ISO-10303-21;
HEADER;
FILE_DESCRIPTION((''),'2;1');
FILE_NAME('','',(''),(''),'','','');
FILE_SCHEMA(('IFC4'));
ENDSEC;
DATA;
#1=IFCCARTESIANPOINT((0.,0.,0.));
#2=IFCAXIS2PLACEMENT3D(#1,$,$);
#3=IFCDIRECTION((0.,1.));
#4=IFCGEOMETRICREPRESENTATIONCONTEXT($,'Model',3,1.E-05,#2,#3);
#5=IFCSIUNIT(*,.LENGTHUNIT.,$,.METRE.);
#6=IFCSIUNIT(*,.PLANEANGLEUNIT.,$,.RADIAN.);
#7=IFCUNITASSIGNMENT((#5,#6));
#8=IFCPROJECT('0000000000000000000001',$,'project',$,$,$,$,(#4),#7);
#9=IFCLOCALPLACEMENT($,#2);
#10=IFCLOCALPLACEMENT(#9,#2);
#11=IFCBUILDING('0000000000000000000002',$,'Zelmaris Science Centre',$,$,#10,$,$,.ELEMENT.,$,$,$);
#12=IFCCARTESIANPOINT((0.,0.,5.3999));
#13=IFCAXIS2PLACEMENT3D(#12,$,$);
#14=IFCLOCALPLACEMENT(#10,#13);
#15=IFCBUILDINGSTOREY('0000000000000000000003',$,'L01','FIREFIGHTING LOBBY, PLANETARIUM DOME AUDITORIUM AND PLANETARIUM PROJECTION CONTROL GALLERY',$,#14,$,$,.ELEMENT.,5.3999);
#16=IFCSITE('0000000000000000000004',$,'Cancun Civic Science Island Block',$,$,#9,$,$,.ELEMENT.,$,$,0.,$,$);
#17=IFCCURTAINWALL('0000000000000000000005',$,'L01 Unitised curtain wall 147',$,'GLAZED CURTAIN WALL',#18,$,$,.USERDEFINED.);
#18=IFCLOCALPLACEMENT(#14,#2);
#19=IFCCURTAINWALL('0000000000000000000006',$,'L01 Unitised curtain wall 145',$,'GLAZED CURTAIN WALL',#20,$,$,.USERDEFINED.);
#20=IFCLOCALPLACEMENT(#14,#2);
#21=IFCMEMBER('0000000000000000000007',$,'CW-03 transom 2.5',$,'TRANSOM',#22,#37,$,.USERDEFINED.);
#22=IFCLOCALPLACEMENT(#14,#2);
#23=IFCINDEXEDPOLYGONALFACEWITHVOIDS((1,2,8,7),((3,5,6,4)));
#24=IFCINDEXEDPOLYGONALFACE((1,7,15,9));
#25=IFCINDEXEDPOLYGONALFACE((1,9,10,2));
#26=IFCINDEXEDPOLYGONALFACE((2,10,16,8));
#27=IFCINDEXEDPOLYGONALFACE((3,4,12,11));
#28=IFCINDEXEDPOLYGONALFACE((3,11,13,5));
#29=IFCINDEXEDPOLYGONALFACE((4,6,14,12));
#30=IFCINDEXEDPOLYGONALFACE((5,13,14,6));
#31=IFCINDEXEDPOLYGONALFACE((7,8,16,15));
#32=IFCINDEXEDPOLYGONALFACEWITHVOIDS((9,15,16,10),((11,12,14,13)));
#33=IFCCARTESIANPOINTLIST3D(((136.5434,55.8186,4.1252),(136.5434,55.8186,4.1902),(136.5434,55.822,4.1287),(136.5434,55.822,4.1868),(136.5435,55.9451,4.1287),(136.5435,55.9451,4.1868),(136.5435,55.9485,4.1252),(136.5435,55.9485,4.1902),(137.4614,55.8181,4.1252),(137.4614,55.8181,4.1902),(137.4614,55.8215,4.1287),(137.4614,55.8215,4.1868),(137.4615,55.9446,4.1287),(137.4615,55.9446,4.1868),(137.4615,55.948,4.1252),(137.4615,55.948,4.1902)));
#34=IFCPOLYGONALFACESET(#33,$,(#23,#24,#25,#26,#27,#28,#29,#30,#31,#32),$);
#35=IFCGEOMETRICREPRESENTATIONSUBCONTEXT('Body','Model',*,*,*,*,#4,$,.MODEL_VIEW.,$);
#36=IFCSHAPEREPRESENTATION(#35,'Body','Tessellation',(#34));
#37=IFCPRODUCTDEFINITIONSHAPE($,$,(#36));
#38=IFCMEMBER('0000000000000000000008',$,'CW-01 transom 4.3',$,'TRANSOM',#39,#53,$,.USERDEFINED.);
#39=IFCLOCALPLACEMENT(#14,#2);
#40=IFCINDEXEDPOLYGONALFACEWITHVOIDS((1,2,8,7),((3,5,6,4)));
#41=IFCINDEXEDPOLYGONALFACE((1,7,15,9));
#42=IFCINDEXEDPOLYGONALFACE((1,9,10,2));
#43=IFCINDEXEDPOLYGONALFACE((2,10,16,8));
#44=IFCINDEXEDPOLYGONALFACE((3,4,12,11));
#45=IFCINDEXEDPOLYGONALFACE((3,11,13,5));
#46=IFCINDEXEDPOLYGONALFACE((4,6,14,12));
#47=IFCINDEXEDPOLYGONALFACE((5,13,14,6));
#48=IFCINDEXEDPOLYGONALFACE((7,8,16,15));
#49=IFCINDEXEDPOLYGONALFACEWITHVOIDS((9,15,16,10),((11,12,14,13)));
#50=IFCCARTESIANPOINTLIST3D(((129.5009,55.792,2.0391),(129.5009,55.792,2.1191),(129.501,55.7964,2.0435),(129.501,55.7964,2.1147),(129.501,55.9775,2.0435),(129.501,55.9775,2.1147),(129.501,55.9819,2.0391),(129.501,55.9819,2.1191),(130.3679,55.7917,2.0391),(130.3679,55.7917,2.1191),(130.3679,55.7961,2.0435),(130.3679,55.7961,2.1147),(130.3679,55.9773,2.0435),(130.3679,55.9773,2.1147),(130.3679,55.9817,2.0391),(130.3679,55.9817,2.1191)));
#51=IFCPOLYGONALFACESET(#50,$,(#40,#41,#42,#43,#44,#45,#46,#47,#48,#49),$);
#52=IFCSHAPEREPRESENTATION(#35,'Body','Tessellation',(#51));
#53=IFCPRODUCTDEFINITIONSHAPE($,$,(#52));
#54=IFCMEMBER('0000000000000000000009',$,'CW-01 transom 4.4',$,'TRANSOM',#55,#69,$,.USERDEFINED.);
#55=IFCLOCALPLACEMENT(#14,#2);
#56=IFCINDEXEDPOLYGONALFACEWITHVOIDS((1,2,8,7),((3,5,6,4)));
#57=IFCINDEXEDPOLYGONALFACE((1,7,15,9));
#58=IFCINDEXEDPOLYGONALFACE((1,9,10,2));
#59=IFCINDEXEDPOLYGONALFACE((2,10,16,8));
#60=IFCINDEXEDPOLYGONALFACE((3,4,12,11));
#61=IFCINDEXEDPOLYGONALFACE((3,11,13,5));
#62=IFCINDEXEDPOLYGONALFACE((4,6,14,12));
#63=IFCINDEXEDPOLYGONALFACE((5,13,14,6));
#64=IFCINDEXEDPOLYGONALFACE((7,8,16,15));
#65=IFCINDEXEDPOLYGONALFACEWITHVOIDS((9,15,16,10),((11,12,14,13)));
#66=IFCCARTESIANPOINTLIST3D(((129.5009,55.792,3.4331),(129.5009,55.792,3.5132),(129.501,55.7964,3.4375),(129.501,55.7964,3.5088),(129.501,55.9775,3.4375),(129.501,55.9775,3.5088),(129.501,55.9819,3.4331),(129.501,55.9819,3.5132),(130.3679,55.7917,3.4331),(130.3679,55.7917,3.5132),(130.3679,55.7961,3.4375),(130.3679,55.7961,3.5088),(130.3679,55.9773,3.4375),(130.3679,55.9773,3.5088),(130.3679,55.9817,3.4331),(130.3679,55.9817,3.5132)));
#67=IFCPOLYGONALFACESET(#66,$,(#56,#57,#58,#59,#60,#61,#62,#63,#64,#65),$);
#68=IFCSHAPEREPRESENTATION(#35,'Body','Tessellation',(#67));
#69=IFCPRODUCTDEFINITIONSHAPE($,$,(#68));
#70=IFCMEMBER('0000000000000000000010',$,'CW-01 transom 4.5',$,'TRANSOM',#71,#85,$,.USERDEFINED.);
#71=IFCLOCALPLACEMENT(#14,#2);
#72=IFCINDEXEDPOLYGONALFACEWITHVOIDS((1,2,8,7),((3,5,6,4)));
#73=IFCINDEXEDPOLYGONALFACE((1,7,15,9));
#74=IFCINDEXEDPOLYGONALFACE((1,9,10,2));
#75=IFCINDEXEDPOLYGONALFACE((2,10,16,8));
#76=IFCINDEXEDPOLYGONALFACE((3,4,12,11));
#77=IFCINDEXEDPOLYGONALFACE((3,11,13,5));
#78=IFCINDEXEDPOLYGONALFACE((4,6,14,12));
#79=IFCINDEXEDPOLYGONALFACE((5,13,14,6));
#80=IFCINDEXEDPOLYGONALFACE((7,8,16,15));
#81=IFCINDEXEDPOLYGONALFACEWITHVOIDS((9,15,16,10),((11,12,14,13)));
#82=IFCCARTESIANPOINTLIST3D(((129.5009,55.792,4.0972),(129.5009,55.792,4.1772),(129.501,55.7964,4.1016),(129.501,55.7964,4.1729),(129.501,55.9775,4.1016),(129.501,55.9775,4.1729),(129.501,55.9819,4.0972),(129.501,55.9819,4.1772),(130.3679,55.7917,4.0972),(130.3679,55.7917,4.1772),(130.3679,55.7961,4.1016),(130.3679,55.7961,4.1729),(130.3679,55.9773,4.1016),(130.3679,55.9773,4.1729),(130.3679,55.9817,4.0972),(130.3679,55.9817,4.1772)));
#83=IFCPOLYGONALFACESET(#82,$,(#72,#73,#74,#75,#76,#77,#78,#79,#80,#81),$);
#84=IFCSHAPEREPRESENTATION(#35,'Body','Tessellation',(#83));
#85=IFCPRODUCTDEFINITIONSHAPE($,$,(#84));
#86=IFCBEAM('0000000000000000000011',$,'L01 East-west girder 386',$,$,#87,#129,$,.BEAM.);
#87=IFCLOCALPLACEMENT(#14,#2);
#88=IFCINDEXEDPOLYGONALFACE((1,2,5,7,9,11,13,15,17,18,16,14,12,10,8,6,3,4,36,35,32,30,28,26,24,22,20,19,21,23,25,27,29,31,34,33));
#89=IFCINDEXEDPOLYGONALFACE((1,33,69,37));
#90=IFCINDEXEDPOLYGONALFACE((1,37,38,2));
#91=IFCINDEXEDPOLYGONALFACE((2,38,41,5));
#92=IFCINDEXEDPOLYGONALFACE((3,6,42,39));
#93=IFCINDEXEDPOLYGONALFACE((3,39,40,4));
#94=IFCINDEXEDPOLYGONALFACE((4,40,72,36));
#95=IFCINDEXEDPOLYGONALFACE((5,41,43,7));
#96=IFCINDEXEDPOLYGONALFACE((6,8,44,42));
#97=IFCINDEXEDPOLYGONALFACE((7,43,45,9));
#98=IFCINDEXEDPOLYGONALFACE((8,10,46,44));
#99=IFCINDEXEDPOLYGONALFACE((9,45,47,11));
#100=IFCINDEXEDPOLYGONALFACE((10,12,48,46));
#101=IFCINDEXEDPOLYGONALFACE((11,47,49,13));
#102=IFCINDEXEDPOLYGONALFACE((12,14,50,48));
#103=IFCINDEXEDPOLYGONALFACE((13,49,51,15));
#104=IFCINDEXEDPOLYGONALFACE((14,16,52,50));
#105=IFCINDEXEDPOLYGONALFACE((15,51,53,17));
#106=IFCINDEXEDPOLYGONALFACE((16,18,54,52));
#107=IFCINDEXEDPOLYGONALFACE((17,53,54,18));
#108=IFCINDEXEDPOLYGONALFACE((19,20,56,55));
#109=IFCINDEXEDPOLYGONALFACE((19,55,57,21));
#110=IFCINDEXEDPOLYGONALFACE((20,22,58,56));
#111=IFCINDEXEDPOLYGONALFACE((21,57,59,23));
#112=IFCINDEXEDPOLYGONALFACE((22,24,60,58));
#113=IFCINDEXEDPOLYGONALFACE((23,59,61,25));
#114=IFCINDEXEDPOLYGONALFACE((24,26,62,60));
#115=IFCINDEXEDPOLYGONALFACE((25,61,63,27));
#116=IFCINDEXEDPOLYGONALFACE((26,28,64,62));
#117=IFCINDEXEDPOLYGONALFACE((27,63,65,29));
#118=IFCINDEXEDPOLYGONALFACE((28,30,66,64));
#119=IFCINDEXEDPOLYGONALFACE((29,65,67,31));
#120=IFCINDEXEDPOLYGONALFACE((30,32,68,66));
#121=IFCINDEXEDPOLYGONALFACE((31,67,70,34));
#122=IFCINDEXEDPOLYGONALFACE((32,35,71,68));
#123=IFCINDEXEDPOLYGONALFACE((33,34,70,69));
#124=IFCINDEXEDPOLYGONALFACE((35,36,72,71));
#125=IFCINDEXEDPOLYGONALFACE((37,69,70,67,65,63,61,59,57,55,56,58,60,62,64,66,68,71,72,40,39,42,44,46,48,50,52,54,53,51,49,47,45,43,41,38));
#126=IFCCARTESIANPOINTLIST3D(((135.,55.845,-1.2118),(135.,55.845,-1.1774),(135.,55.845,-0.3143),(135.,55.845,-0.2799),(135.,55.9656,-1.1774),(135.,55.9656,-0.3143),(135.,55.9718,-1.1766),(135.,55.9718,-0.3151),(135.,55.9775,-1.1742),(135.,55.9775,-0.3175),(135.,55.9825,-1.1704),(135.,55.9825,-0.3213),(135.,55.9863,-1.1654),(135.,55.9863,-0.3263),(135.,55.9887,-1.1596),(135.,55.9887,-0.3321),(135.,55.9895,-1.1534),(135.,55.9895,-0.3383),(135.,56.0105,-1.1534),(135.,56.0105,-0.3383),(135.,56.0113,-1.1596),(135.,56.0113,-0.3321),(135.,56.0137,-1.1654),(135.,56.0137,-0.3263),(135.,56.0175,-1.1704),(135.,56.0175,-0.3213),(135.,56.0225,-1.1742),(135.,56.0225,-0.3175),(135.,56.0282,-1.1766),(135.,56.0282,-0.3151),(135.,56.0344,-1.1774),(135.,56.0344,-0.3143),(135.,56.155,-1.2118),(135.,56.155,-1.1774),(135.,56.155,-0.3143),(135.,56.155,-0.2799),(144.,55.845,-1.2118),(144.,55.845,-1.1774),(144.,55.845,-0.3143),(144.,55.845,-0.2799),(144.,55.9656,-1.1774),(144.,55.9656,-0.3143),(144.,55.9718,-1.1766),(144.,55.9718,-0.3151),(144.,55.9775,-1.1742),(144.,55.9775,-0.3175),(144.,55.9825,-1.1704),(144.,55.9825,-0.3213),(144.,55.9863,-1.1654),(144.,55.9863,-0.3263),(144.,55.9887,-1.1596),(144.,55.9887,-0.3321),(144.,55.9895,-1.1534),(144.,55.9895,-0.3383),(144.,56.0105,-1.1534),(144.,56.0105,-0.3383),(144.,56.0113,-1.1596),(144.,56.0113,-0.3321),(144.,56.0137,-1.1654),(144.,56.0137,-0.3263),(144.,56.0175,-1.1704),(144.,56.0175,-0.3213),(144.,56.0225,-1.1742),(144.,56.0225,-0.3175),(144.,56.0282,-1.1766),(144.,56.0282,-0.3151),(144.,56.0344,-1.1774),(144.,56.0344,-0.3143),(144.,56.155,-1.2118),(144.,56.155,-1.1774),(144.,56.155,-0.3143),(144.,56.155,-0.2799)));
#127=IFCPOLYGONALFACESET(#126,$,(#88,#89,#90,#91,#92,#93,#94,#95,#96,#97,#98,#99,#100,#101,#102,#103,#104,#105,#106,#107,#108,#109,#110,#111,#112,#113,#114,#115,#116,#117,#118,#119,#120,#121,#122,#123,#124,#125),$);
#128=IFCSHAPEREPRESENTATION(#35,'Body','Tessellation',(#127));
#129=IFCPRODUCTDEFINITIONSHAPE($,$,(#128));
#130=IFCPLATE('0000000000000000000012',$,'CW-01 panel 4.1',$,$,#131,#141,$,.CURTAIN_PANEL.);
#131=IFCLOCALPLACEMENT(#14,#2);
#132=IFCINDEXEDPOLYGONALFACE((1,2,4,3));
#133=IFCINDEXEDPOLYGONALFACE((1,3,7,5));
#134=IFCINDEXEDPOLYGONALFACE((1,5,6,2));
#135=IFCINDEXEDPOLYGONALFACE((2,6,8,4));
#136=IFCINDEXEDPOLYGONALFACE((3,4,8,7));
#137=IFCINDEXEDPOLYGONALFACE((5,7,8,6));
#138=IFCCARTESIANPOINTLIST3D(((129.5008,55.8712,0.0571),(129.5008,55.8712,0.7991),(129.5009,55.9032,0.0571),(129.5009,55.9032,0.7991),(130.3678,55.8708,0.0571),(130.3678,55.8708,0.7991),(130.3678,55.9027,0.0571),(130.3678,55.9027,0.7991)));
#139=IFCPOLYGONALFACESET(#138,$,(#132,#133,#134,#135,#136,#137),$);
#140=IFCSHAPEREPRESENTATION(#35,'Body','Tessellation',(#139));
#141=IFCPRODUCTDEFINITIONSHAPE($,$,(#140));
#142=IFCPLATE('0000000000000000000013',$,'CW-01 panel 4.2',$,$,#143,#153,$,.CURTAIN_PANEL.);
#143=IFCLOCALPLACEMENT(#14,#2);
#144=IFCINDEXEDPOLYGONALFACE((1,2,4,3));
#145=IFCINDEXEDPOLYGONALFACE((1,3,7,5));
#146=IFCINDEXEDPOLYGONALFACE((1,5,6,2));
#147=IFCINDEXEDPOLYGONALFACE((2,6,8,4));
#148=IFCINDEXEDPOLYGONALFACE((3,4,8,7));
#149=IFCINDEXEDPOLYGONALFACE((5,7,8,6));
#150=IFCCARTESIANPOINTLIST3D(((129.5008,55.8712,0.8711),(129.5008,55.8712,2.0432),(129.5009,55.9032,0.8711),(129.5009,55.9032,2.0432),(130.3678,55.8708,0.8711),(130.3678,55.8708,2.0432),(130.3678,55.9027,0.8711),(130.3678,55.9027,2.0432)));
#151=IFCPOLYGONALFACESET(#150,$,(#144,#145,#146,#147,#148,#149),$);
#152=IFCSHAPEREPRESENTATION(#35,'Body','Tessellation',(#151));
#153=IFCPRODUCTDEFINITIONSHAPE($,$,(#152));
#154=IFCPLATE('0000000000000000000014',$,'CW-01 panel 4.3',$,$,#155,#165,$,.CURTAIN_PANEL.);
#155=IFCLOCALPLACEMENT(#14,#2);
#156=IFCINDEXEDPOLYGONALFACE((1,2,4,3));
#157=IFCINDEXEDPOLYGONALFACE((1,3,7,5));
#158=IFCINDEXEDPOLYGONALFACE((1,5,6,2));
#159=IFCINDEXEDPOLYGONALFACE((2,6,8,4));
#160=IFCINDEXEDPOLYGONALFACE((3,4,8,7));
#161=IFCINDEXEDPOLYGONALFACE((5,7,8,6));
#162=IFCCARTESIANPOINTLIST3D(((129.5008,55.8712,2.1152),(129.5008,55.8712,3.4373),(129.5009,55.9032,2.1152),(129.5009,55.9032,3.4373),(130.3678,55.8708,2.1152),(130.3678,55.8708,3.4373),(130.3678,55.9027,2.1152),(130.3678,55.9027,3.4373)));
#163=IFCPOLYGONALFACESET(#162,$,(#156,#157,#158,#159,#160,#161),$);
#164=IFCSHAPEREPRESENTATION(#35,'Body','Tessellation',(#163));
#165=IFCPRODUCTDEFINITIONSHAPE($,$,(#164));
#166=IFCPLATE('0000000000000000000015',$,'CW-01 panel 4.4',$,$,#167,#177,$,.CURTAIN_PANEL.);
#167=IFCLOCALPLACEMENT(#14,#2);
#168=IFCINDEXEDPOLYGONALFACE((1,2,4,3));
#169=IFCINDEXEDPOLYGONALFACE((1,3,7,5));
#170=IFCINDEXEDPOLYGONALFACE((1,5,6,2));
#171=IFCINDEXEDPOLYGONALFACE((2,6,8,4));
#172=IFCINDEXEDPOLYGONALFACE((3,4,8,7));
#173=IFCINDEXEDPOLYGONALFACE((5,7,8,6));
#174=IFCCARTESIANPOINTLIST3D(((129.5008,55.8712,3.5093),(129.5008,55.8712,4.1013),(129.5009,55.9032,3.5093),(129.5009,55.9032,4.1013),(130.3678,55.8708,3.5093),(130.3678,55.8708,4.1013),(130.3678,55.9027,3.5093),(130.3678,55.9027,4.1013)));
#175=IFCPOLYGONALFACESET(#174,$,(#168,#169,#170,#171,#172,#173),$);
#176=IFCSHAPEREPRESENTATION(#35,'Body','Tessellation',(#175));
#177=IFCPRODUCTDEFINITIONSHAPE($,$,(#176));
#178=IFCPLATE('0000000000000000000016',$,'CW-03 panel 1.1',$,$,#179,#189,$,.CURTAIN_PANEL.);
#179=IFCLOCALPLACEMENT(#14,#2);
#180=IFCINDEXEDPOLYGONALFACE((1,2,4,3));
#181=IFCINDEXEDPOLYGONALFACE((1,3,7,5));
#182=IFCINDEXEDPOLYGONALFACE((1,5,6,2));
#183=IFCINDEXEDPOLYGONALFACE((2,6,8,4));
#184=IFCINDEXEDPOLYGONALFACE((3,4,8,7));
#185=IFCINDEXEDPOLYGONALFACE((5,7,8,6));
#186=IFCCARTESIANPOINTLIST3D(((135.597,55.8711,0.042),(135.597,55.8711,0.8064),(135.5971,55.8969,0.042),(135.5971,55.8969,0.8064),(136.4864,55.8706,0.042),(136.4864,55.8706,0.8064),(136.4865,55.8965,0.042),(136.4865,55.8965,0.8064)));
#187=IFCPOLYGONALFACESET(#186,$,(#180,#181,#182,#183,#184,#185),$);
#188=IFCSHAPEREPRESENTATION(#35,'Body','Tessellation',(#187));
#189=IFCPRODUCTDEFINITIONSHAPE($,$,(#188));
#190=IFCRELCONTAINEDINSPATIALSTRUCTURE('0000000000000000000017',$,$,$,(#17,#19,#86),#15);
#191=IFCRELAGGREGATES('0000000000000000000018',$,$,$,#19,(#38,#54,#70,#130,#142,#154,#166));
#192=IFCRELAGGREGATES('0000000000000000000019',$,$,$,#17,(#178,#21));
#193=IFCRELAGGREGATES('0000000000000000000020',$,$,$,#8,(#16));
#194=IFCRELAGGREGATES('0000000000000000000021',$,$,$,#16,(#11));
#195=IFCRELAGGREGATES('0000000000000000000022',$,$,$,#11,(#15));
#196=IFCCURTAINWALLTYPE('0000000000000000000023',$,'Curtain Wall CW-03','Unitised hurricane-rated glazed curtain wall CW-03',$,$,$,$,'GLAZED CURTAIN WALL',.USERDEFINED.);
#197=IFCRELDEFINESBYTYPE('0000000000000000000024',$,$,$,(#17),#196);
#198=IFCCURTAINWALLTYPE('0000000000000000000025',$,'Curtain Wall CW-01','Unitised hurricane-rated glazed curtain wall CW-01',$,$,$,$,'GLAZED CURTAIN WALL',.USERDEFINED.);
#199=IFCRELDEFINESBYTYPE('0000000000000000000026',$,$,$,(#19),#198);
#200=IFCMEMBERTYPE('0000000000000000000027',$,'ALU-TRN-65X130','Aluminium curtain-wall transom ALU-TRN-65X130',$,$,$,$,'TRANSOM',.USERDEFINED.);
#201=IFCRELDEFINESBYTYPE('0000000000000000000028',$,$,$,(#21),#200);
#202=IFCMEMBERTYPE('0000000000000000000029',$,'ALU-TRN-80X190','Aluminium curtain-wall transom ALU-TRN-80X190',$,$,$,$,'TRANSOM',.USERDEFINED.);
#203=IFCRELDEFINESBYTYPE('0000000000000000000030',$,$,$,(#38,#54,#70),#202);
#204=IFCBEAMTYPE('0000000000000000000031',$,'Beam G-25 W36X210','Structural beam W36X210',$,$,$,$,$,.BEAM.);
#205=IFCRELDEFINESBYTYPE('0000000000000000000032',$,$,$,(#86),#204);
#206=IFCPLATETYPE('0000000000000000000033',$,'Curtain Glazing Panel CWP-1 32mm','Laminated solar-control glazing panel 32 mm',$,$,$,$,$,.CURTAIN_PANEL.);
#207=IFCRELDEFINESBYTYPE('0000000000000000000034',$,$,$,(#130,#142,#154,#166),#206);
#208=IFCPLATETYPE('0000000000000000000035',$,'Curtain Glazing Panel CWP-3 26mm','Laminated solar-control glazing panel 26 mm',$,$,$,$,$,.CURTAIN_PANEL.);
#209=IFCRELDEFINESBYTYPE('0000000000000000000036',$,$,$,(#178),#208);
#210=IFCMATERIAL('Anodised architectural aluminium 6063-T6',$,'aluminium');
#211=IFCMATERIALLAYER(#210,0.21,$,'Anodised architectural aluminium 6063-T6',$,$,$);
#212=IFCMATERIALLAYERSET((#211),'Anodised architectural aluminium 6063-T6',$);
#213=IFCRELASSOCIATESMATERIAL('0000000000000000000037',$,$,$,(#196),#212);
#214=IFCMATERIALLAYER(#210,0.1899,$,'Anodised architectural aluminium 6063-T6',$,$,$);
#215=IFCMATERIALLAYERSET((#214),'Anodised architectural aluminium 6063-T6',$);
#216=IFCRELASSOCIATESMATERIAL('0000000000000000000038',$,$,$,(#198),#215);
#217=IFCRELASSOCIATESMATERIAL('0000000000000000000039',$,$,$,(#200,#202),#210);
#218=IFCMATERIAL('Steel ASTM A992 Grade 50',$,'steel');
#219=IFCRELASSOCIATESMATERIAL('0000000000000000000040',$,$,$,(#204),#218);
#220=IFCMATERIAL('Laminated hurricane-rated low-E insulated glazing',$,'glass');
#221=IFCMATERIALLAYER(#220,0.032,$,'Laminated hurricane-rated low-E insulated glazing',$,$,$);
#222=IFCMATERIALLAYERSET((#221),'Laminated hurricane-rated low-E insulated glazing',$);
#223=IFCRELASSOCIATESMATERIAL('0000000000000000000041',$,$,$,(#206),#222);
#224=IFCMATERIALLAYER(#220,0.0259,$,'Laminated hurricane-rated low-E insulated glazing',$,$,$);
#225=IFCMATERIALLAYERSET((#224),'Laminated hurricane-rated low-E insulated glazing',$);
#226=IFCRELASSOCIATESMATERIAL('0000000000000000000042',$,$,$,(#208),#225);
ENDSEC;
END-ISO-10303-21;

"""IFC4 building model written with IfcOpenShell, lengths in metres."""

from ifc_helpers import new_model, si_unit, direction, frame, origin, origin_2d, place, context, subcontext, project, spatial, rectangle, hollow_rectangle, i_section, extrude, material, layer, layer_set, material_profile, profile_set, type_object, element, aggregate, save


model = new_model("IFC4")

# Units and contexts
model_context = context("Model", 3, precision=1e-05, world=origin(), true_north=direction((0.0, 1.0)))
body_context = subcontext(model_context, "Body", "Model", "MODEL_VIEW")
ifc_project = project(units=[si_unit("LENGTHUNIT", "METRE"), si_unit("PLANEANGLEUNIT", "RADIAN")], contexts=[model_context])

# Site, building, storey
site_placement = place(None, origin())
site = spatial("IfcSite", under=ifc_project, at=site_placement, Name="Cancun Civic Science Island Block", CompositionType="ELEMENT", RefElevation=0.0)
building_placement = place(site_placement, origin())
building = spatial("IfcBuilding", under=site, at=building_placement, Name="Zelmaris Science Centre", CompositionType="ELEMENT")
storey_placement = place(building_placement, frame((0.0, 0.0, 5.3999)))
storey = spatial("IfcBuildingStorey", under=building, at=storey_placement, Name="L01", Description="FIREFIGHTING LOBBY, PLANETARIUM DOME AUDITORIUM AND PLANETARIUM PROJECTION CONTROL GALLERY", CompositionType="ELEMENT", Elevation=5.3999)

# Shared definitions
ifc_material_1 = material(Name="Steel ASTM A992 Grade 50", Category="steel")

# Curtain walls
ifc_material_2 = material(Name="Anodised architectural aluminium 6063-T6", Category="aluminium")
ifc_layer_1 = layer(ifc_material_2, 0.21, Name="Anodised architectural aluminium 6063-T6")
ifc_layer_set_1 = layer_set([ifc_layer_1], Name="Anodised architectural aluminium 6063-T6")
curtain_wall_type_1 = type_object("IfcCurtainWallType", Name="Curtain Wall CW-03", Description="Unitised hurricane-rated glazed curtain wall CW-03", ElementType="GLAZED CURTAIN WALL", PredefinedType="USERDEFINED", material=ifc_layer_set_1)
curtain_wall_1_placement = place(storey_placement, origin())
curtain_wall_1 = element("IfcCurtainWall", 1, at=curtain_wall_1_placement, inside=storey, type_object=curtain_wall_type_1, Name="L01 Unitised curtain wall 147", ObjectType="GLAZED CURTAIN WALL", PredefinedType="USERDEFINED")
ifc_layer_2 = layer(ifc_material_2, 0.1899, Name="Anodised architectural aluminium 6063-T6")
ifc_layer_set_2 = layer_set([ifc_layer_2], Name="Anodised architectural aluminium 6063-T6")
curtain_wall_type_2 = type_object("IfcCurtainWallType", Name="Curtain Wall CW-01", Description="Unitised hurricane-rated glazed curtain wall CW-01", ElementType="GLAZED CURTAIN WALL", PredefinedType="USERDEFINED", material=ifc_layer_set_2)
curtain_wall_2_placement = place(storey_placement, origin())
curtain_wall_2 = element("IfcCurtainWall", 2, at=curtain_wall_2_placement, inside=storey, type_object=curtain_wall_type_2, Name="L01 Unitised curtain wall 145", ObjectType="GLAZED CURTAIN WALL", PredefinedType="USERDEFINED")

# Members
ifc_material_profile_1 = material_profile(ifc_material_2, hollow_rectangle(XDim=0.0649, YDim=0.1299, WallThickness=0.0034, at=origin_2d()), Name="ALU-TRN-65X130")
ifc_profile_set_1 = profile_set([ifc_material_profile_1], Name="Anodised architectural aluminium 6063-T6")
member_type_1 = type_object("IfcMemberType", Name="ALU-TRN-65X130", Description="Aluminium curtain-wall transom ALU-TRN-65X130", ElementType="TRANSOM", PredefinedType="USERDEFINED", material=ifc_profile_set_1)
member_1_placement = place(storey_placement, frame((136.5435, 55.8835, 4.1577), z_axis=(1.0, -0.000532, 0.0), x_axis=(0.0, 0.0, 1.0)))
member_1 = element("IfcMember", 3, at=member_1_placement, type_object=member_type_1, Name="CW-03 transom 2.5", ObjectType="TRANSOM", PredefinedType="USERDEFINED", context=body_context, shape_type="SweptSolid", body=[
    extrude(hollow_rectangle(XDim=0.0649, YDim=0.1299, WallThickness=0.0034, at=origin_2d()), origin(), (0.0, 0.0, 1.0), 0.918),
])
ifc_material_profile_2 = material_profile(ifc_material_2, hollow_rectangle(XDim=0.0801, YDim=0.1899, WallThickness=0.0044, at=origin_2d()), Name="ALU-TRN-80X190")
ifc_profile_set_2 = profile_set([ifc_material_profile_2], Name="Anodised architectural aluminium 6063-T6")
member_type_2 = type_object("IfcMemberType", Name="ALU-TRN-80X190", Description="Aluminium curtain-wall transom ALU-TRN-80X190", ElementType="TRANSOM", PredefinedType="USERDEFINED", material=ifc_profile_set_2)
member_2_placement = place(storey_placement, frame((129.501, 55.887, 2.0791), z_axis=(1.0, -0.000282, 0.0), x_axis=(0.0, 0.0, 1.0)))
member_2 = element("IfcMember", 4, at=member_2_placement, type_object=member_type_2, Name="CW-01 transom 4.3", ObjectType="TRANSOM", PredefinedType="USERDEFINED", context=body_context, shape_type="SweptSolid", body=[
    extrude(hollow_rectangle(XDim=0.0801, YDim=0.1899, WallThickness=0.0044, at=origin_2d()), origin(), (0.0, 0.0, 1.0), 0.8669),
])
member_3_placement = place(storey_placement, frame((129.501, 55.887, 3.4731), z_axis=(1.0, -0.000282, 0.0), x_axis=(0.0, 0.0, 1.0)))
member_3 = element("IfcMember", 5, at=member_3_placement, type_object=member_type_2, Name="CW-01 transom 4.4", ObjectType="TRANSOM", PredefinedType="USERDEFINED", context=body_context, shape_type="SweptSolid", body=[
    extrude(hollow_rectangle(XDim=0.0801, YDim=0.1899, WallThickness=0.0044, at=origin_2d()), origin(), (0.0, 0.0, 1.0), 0.8669),
])
member_4_placement = place(storey_placement, frame((129.501, 55.887, 4.1372), z_axis=(1.0, -0.000282, 0.0), x_axis=(0.0, 0.0, 1.0)))
member_4 = element("IfcMember", 6, at=member_4_placement, type_object=member_type_2, Name="CW-01 transom 4.5", ObjectType="TRANSOM", PredefinedType="USERDEFINED", context=body_context, shape_type="SweptSolid", body=[
    extrude(hollow_rectangle(XDim=0.0801, YDim=0.1899, WallThickness=0.0044, at=origin_2d()), origin(), (0.0, 0.0, 1.0), 0.8669),
])

# Beam
ifc_material_profile_3 = material_profile(ifc_material_1, i_section(OverallWidth=0.3101, OverallDepth=0.9319, WebThickness=0.021, FlangeThickness=0.0344, FilletRadius=0.0239, at=origin_2d()), Name="W36X210")
ifc_profile_set_3 = profile_set([ifc_material_profile_3], Name="Steel ASTM A992 Grade 50")
beam_type = type_object("IfcBeamType", Name="Beam G-25 W36X210", Description="Structural beam W36X210", PredefinedType="BEAM", material=ifc_profile_set_3)
beam_placement = place(storey_placement, frame((135.0, 56.0, -0.7458), z_axis=(1.0, 0.0, 0.0), x_axis=(0.0, 1.0, 0.0)))
element("IfcBeam", 7, at=beam_placement, inside=storey, type_object=beam_type, Name="L01 East-west girder 386", PredefinedType="BEAM", context=body_context, shape_type="SweptSolid", body=[
    extrude(i_section(OverallWidth=0.3101, OverallDepth=0.9319, WebThickness=0.021, FlangeThickness=0.0344, FilletRadius=0.0239, at=origin_2d()), origin(), (0.0, 0.0, 1.0), 9.0),
])

# Plates
ifc_material_3 = material(Name="Laminated hurricane-rated low-E insulated glazing", Category="glass")
ifc_layer_3 = layer(ifc_material_3, 0.032, Name="Laminated hurricane-rated low-E insulated glazing")
ifc_layer_set_3 = layer_set([ifc_layer_3], Name="Laminated hurricane-rated low-E insulated glazing")
plate_type_1 = type_object("IfcPlateType", Name="Curtain Glazing Panel CWP-1 32mm", Description="Laminated solar-control glazing panel 32 mm", PredefinedType="CURTAIN_PANEL", material=ifc_layer_set_3)
plate_1_placement = place(storey_placement, frame((129.9343, 55.887, 0.0571), z_axis=(0.0, 0.0, 1.0), x_axis=(1.0, -0.000487, 0.0)))
plate_1 = element("IfcPlate", 8, at=plate_1_placement, type_object=plate_type_1, Name="CW-01 panel 4.1", PredefinedType="CURTAIN_PANEL", context=body_context, shape_type="SweptSolid", body=[
    extrude(rectangle(XDim=0.8669, YDim=0.032, at=origin_2d()), origin(), (0.0, 0.0, 1.0), 0.7419),
])
plate_2_placement = place(storey_placement, frame((129.9343, 55.887, 0.8711), z_axis=(0.0, 0.0, 1.0), x_axis=(1.0, -0.000487, 0.0)))
plate_2 = element("IfcPlate", 9, at=plate_2_placement, type_object=plate_type_1, Name="CW-01 panel 4.2", PredefinedType="CURTAIN_PANEL", context=body_context, shape_type="SweptSolid", body=[
    extrude(rectangle(XDim=0.8669, YDim=0.032, at=origin_2d()), origin(), (0.0, 0.0, 1.0), 1.1721),
])
plate_3_placement = place(storey_placement, frame((129.9343, 55.887, 2.1152), z_axis=(0.0, 0.0, 1.0), x_axis=(1.0, -0.000487, 0.0)))
plate_3 = element("IfcPlate", 10, at=plate_3_placement, type_object=plate_type_1, Name="CW-01 panel 4.3", PredefinedType="CURTAIN_PANEL", context=body_context, shape_type="SweptSolid", body=[
    extrude(rectangle(XDim=0.8669, YDim=0.032, at=origin_2d()), origin(), (0.0, 0.0, 1.0), 1.322),
])
plate_4_placement = place(storey_placement, frame((129.9343, 55.887, 3.5093), z_axis=(0.0, 0.0, 1.0), x_axis=(1.0, -0.000487, 0.0)))
plate_4 = element("IfcPlate", 11, at=plate_4_placement, type_object=plate_type_1, Name="CW-01 panel 4.4", PredefinedType="CURTAIN_PANEL", context=body_context, shape_type="SweptSolid", body=[
    extrude(rectangle(XDim=0.8669, YDim=0.032, at=origin_2d()), origin(), (0.0, 0.0, 1.0), 0.592),
])
aggregate(curtain_wall_2, [member_2, member_3, member_4, plate_1, plate_2, plate_3, plate_4])
ifc_layer_4 = layer(ifc_material_3, 0.0259, Name="Laminated hurricane-rated low-E insulated glazing")
ifc_layer_set_4 = layer_set([ifc_layer_4], Name="Laminated hurricane-rated low-E insulated glazing")
plate_type_2 = type_object("IfcPlateType", Name="Curtain Glazing Panel CWP-3 26mm", Description="Laminated solar-control glazing panel 26 mm", PredefinedType="CURTAIN_PANEL", material=ifc_layer_set_4)
plate_5_placement = place(storey_placement, frame((136.0417, 55.8838, 0.042), z_axis=(0.0, 0.0, 1.0), x_axis=(1.0, -0.000487, 0.0)))
plate_5 = element("IfcPlate", 12, at=plate_5_placement, type_object=plate_type_2, Name="CW-03 panel 1.1", PredefinedType="CURTAIN_PANEL", context=body_context, shape_type="SweptSolid", body=[
    extrude(rectangle(XDim=0.8894, YDim=0.0259, at=origin_2d()), origin(), (0.0, 0.0, 1.0), 0.7644),
])
aggregate(curtain_wall_1, [plate_5, member_1])

save(model, "model.ifc")
